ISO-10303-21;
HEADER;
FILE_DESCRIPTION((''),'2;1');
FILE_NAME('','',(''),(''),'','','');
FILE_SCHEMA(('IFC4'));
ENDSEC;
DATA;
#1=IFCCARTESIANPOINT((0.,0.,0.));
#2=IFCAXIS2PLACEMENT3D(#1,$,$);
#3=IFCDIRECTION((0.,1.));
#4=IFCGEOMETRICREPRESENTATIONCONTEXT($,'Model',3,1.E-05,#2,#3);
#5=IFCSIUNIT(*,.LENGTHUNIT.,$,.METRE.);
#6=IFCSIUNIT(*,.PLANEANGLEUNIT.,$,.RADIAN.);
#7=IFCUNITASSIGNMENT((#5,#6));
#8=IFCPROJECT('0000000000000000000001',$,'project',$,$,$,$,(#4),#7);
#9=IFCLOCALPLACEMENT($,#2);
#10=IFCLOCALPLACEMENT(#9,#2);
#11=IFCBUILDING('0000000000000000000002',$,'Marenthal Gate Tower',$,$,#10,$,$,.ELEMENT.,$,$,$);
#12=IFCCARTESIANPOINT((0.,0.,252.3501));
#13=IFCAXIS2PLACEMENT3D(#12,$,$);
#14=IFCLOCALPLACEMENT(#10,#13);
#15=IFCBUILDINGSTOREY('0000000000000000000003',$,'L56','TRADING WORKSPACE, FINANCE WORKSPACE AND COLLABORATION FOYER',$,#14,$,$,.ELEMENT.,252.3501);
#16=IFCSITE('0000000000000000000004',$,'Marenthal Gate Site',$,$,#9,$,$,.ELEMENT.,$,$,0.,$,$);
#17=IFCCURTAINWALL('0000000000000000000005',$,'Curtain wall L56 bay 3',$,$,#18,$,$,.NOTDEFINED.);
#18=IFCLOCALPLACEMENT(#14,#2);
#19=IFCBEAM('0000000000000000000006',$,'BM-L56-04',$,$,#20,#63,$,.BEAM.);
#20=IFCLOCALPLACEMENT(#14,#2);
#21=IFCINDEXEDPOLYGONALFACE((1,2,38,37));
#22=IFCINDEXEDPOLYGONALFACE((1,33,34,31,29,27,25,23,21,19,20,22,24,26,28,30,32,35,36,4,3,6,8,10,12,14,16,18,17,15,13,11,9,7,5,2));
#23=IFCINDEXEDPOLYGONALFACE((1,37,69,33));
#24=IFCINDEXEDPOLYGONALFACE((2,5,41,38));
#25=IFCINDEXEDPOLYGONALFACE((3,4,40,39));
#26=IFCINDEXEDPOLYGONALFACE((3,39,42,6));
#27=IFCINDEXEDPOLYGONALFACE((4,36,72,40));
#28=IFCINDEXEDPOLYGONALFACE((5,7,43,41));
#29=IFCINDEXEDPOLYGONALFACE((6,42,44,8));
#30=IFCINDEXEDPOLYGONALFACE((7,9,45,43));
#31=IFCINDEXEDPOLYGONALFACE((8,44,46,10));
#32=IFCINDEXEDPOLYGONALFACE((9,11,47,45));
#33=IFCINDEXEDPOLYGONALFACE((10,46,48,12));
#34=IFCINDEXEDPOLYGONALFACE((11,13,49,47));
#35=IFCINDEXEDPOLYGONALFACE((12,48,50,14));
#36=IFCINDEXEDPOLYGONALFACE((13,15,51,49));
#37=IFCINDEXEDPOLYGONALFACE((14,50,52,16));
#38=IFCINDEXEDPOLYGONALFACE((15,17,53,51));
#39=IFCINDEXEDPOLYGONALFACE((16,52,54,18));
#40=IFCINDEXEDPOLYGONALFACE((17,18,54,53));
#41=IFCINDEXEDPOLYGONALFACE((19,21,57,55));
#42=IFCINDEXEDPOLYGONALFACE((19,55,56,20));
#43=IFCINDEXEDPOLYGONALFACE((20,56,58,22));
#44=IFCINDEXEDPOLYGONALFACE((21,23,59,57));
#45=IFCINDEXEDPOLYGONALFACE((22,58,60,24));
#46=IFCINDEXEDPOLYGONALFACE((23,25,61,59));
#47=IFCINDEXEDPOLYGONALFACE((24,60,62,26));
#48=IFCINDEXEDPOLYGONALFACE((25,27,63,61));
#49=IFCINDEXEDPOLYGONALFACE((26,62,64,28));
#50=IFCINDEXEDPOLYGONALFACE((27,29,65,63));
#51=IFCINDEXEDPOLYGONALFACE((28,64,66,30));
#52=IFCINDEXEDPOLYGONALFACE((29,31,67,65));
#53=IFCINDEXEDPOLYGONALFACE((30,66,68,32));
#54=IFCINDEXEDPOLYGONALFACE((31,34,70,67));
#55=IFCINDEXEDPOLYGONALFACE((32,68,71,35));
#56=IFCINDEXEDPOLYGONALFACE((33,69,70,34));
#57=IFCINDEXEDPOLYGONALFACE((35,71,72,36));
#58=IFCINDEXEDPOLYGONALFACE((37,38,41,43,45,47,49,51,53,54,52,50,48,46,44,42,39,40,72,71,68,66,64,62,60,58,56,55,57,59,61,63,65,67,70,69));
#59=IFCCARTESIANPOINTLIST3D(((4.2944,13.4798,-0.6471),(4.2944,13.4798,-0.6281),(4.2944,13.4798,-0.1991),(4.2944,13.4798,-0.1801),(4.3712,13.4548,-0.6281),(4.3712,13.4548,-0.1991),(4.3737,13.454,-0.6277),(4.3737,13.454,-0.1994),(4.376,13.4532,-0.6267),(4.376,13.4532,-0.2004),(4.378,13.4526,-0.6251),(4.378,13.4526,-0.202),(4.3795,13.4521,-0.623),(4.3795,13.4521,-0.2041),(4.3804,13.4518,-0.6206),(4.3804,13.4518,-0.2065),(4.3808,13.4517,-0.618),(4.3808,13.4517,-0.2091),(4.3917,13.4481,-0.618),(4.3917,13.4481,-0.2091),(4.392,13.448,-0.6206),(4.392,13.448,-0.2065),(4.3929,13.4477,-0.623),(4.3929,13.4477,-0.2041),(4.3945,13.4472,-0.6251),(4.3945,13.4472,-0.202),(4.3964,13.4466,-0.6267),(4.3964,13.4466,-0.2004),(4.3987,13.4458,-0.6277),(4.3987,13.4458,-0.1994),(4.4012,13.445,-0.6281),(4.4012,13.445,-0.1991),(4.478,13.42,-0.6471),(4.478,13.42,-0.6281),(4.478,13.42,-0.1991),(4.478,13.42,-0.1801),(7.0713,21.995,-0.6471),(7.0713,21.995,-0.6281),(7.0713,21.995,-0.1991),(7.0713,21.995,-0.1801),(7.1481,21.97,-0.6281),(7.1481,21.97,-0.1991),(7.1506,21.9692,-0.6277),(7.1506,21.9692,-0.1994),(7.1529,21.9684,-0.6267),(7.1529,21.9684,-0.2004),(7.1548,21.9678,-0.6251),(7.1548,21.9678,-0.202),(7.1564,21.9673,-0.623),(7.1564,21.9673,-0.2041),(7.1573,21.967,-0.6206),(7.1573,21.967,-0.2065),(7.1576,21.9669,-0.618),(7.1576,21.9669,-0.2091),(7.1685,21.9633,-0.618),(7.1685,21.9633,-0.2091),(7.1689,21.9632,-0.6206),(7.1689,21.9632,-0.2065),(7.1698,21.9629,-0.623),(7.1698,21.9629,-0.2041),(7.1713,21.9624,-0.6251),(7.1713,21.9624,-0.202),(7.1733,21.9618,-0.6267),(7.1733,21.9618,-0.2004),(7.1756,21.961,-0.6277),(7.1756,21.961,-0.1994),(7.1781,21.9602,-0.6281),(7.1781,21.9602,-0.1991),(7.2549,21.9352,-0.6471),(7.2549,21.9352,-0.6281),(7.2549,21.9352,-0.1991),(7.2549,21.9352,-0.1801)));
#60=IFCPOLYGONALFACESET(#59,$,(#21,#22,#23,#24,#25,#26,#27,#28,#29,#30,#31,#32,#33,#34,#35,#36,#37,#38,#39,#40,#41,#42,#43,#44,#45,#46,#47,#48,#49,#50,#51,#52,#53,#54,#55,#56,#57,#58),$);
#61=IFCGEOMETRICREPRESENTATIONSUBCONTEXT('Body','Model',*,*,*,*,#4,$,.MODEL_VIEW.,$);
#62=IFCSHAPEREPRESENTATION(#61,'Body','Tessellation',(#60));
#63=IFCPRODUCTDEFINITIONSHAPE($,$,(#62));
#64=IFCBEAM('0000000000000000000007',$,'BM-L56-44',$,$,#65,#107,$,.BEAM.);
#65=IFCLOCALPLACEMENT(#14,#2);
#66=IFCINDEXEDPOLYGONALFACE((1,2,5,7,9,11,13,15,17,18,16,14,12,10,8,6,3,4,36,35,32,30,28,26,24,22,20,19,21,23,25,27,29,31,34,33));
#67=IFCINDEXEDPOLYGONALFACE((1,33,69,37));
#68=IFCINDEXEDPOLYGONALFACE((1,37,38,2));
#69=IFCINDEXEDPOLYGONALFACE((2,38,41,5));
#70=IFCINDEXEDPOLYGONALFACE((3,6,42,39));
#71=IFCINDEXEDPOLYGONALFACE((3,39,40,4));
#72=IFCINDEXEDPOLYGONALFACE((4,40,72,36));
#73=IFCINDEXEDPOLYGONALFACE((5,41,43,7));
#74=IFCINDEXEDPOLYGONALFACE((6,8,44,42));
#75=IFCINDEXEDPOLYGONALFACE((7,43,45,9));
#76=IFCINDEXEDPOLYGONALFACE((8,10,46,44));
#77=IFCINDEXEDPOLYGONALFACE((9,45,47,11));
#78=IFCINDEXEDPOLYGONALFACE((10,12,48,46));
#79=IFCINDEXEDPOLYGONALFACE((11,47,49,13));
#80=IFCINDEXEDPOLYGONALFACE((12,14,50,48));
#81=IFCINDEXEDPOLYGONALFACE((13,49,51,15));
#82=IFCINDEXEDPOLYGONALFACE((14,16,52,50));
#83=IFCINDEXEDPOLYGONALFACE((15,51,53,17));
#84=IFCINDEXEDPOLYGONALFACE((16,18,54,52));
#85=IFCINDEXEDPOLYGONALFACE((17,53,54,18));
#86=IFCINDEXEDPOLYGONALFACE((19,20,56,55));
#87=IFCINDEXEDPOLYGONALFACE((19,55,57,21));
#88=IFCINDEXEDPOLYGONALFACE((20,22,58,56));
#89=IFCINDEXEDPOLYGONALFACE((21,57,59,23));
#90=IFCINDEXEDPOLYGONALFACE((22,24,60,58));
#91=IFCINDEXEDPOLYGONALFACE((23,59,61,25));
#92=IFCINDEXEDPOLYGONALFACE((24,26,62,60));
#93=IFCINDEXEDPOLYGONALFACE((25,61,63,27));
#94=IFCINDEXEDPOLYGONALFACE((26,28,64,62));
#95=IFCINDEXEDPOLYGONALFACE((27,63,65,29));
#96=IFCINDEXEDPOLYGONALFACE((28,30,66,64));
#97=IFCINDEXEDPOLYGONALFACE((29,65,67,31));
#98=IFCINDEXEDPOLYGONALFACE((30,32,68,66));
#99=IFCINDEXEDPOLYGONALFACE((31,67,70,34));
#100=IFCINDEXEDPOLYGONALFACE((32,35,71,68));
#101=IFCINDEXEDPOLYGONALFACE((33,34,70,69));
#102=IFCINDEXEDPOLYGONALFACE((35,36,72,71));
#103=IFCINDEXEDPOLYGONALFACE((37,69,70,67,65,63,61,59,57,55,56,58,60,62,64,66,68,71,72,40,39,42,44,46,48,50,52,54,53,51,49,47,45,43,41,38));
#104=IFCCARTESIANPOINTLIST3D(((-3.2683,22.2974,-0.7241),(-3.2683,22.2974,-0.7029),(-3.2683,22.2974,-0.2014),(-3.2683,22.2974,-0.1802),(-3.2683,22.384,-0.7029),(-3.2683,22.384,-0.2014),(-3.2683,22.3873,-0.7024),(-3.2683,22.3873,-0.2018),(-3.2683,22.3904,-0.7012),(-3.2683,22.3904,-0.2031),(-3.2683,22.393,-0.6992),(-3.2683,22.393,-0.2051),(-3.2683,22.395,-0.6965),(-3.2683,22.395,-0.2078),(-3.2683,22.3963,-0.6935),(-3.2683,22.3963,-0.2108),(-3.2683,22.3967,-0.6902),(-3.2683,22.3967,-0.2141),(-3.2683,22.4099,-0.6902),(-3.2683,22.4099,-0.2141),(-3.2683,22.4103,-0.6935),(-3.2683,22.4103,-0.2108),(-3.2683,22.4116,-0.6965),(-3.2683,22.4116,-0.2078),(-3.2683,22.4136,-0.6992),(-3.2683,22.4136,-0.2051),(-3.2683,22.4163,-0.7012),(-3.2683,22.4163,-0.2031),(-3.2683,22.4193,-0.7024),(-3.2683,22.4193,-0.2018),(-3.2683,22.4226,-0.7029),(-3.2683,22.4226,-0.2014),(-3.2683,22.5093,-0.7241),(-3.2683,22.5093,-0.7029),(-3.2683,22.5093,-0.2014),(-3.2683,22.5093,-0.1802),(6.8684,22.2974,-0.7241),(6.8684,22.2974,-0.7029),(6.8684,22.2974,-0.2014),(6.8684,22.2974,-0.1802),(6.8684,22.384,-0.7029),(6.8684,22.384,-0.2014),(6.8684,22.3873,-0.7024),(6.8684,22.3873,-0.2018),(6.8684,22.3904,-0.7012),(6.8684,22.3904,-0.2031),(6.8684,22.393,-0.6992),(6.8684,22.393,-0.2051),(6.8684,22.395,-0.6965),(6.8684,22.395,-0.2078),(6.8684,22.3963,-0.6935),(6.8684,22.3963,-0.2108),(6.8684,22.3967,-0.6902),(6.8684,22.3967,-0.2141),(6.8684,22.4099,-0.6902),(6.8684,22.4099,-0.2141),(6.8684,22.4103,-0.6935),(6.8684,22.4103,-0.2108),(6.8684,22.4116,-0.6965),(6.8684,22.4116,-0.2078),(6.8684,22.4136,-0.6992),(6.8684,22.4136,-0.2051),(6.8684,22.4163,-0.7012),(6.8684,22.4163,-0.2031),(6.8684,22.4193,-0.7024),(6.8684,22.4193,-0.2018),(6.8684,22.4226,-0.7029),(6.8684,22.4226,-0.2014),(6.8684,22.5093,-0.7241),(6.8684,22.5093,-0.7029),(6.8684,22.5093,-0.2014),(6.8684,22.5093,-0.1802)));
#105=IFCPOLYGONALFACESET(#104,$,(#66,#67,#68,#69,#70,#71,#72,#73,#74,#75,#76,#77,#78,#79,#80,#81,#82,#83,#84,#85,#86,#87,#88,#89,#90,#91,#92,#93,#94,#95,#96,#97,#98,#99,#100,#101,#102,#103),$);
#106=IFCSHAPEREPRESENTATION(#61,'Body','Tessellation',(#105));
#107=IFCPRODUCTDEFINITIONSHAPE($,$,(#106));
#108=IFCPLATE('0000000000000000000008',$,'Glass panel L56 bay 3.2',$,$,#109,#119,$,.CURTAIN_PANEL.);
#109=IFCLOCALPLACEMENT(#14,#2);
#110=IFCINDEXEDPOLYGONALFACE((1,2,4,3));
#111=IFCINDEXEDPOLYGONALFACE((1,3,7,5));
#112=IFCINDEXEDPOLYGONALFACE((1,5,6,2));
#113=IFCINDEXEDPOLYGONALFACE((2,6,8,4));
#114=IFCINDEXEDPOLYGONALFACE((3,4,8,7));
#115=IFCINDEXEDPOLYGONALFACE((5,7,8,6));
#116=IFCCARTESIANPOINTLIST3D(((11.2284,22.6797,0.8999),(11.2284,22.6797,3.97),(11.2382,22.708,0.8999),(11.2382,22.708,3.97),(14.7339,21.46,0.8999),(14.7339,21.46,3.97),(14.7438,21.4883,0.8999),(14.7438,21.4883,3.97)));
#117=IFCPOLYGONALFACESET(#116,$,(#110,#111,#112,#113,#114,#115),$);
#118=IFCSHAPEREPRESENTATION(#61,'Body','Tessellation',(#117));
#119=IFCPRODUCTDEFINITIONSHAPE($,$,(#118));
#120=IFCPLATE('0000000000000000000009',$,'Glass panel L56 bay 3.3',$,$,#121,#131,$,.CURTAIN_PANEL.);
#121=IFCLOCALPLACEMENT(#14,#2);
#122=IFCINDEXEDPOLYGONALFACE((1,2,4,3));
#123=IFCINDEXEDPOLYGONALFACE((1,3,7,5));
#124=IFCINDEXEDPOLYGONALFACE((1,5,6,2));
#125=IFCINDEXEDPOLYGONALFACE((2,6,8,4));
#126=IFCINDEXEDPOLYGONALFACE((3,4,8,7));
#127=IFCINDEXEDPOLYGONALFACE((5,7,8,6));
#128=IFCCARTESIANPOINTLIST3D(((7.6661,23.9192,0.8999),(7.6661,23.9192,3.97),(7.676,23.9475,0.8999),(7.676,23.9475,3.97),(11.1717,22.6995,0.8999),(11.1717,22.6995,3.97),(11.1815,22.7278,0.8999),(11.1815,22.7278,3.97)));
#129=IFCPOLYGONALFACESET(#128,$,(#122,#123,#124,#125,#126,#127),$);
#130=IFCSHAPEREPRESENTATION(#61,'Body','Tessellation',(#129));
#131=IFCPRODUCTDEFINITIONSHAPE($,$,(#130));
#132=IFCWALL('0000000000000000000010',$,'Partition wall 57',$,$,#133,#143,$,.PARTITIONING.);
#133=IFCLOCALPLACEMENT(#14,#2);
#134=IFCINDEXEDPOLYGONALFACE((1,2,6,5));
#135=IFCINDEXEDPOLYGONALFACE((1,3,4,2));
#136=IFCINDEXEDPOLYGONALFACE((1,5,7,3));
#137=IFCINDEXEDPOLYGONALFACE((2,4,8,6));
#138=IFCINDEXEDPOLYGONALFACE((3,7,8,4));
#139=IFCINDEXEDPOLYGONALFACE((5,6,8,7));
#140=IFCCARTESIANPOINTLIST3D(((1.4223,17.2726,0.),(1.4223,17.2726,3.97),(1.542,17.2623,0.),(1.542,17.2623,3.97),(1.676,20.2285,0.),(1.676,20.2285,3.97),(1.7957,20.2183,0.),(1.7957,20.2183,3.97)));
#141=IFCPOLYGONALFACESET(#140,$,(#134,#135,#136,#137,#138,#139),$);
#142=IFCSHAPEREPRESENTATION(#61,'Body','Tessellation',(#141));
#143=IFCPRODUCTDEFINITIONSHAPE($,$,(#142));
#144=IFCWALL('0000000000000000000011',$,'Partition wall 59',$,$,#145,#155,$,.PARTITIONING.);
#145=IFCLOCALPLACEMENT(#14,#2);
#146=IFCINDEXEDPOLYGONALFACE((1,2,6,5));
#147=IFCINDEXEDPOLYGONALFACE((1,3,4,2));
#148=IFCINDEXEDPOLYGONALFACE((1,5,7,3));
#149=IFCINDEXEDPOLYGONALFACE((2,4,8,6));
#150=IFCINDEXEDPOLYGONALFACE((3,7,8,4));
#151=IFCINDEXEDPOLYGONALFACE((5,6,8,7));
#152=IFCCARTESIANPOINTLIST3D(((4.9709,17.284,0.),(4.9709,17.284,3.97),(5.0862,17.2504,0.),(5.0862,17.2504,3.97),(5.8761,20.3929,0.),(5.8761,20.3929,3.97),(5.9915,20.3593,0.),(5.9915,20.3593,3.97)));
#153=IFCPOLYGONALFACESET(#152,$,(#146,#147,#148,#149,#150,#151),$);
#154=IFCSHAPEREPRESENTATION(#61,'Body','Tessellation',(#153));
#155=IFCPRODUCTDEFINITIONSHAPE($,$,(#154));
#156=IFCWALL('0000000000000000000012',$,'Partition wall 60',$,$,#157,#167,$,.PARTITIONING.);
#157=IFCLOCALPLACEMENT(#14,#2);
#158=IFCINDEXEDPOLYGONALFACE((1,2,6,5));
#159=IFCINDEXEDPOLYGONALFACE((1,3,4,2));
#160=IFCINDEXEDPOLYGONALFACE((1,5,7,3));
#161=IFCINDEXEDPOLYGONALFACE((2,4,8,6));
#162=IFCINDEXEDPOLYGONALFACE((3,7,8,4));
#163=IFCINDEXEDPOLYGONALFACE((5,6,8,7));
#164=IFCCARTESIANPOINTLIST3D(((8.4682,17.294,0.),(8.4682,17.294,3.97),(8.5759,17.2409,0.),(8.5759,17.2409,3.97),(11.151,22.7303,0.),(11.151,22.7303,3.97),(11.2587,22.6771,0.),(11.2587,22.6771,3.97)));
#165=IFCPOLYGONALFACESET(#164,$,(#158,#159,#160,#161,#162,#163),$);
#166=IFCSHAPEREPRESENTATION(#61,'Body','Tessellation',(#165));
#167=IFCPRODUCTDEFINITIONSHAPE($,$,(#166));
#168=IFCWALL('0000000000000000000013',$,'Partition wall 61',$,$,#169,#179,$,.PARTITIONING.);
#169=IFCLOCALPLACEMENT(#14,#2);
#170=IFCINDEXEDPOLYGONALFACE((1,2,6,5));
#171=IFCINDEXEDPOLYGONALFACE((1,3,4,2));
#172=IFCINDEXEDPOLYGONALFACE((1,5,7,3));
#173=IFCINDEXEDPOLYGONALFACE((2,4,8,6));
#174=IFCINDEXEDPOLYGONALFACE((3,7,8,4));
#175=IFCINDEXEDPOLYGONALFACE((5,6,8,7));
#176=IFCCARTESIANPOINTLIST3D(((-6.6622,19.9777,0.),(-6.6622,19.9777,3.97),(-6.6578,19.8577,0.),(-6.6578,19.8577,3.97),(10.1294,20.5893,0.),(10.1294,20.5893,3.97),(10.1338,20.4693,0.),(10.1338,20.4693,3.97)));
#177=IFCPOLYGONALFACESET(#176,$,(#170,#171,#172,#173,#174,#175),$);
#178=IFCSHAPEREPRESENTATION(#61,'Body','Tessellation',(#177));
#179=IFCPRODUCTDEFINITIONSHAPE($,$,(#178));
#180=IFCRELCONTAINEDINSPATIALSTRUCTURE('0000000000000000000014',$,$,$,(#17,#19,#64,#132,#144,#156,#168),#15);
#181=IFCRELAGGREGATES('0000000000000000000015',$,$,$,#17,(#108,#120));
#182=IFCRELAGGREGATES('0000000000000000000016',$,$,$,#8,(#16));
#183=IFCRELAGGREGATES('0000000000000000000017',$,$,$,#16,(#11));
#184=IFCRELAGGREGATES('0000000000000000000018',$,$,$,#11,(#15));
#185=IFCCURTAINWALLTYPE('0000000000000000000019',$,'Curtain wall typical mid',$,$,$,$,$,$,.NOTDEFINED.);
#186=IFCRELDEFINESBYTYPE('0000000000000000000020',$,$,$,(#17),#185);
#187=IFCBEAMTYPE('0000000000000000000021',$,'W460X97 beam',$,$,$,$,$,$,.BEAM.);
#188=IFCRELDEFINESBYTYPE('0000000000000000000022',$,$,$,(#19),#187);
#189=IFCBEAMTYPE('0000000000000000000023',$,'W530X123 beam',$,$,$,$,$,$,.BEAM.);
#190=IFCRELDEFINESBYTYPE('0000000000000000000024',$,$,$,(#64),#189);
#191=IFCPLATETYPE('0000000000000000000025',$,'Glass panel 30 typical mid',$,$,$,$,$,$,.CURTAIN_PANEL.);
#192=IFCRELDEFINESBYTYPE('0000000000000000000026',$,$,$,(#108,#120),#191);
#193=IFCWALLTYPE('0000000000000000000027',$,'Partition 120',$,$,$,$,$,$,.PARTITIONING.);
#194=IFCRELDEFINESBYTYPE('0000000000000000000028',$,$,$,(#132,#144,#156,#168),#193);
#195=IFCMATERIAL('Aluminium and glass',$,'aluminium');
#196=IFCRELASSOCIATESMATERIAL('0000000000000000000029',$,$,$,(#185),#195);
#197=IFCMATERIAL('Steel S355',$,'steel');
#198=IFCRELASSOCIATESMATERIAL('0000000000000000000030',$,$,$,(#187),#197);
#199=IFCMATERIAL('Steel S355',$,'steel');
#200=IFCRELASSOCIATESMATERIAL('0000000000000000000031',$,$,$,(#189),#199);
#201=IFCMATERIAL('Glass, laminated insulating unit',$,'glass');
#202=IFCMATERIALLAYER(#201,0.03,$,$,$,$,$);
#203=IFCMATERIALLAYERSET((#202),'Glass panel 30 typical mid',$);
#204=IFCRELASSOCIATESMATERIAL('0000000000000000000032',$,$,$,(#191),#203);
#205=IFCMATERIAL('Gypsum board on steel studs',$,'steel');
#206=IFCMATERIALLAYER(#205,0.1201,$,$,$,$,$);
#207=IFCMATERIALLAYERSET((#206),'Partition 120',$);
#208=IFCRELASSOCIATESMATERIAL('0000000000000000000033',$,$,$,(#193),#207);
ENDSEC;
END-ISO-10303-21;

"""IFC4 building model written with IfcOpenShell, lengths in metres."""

from ifc_helpers import new_model, si_unit, direction, frame, frame_2d, origin, origin_2d, place, context, subcontext, project, spatial, rectangle, i_section, extrude, material, layer, layer_set, material_profile, profile_set, type_object, element, aggregate, save


model = new_model("IFC4")

# Units and contexts
model_context = context("Model", 3, precision=1e-05, world=origin(), true_north=direction((0.0, 1.0)))
body_context = subcontext(model_context, "Body", "Model", "MODEL_VIEW")
ifc_project = project(units=[si_unit("LENGTHUNIT", "METRE"), si_unit("PLANEANGLEUNIT", "RADIAN")], contexts=[model_context])

# Site, building, storey
site_placement = place(None, origin())
site = spatial("IfcSite", under=ifc_project, at=site_placement, Name="Marenthal Gate Site", CompositionType="ELEMENT", RefElevation=0.0)
building_placement = place(site_placement, origin())
building = spatial("IfcBuilding", under=site, at=building_placement, Name="Marenthal Gate Tower", CompositionType="ELEMENT")
storey_placement = place(building_placement, frame((0.0, 0.0, 252.3501)))
storey = spatial("IfcBuildingStorey", under=building, at=storey_placement, Name="L56", Description="TRADING WORKSPACE, FINANCE WORKSPACE AND COLLABORATION FOYER", CompositionType="ELEMENT", Elevation=252.3501)

# Curtain wall
ifc_material_1 = material(Name="Aluminium and glass", Category="aluminium")
curtain_wall_type = type_object("IfcCurtainWallType", Name="Curtain wall typical mid", PredefinedType="NOTDEFINED", material=ifc_material_1)
curtain_wall_placement = place(storey_placement, origin())
curtain_wall = element("IfcCurtainWall", 1, at=curtain_wall_placement, inside=storey, type_object=curtain_wall_type, Name="Curtain wall L56 bay 3", PredefinedType="NOTDEFINED")

# Beams
ifc_material_2 = material(Name="Steel S355", Category="steel")
ifc_material_profile_1 = material_profile(ifc_material_2, i_section(OverallWidth=0.1931, OverallDepth=0.467, WebThickness=0.0115, FlangeThickness=0.019, FilletRadius=0.01, at=origin_2d()), Name="W460X97")
ifc_profile_set_1 = profile_set([ifc_material_profile_1], Name="Steel S355")
beam_type_1 = type_object("IfcBeamType", Name="W460X97 beam", PredefinedType="BEAM", material=ifc_profile_set_1)
beam_1_placement = place(storey_placement, frame((7.1631, 21.9651, -0.4136), z_axis=(-0.310039, -0.950724, 0.0), x_axis=(0.950724, -0.310039, 0.0)))
element("IfcBeam", 2, at=beam_1_placement, inside=storey, type_object=beam_type_1, Name="BM-L56-04", PredefinedType="BEAM", context=body_context, shape_type="SweptSolid", body=[
    extrude(i_section(OverallWidth=0.1931, OverallDepth=0.467, WebThickness=0.0115, FlangeThickness=0.019, FilletRadius=0.01, at=origin_2d()), origin(), (0.0, 0.0, 1.0), 8.9565),
])
ifc_material_3 = material(Name="Steel S355", Category="steel")
ifc_material_profile_2 = material_profile(ifc_material_3, i_section(OverallWidth=0.2119, OverallDepth=0.5439, WebThickness=0.0132, FlangeThickness=0.0212, FilletRadius=0.0127, at=origin_2d()), Name="W530X123")
ifc_profile_set_2 = profile_set([ifc_material_profile_2], Name="Steel S355")
beam_type_2 = type_object("IfcBeamType", Name="W530X123 beam", PredefinedType="BEAM", material=ifc_profile_set_2)
beam_2_placement = place(storey_placement, frame((6.8684, 22.4033, -0.4521), z_axis=(-1.0, 0.0, 0.0), x_axis=(0.0, -1.0, 0.0)))
element("IfcBeam", 3, at=beam_2_placement, inside=storey, type_object=beam_type_2, Name="BM-L56-44", PredefinedType="BEAM", context=body_context, shape_type="SweptSolid", body=[
    extrude(i_section(OverallWidth=0.2119, OverallDepth=0.5439, WebThickness=0.0132, FlangeThickness=0.0212, FilletRadius=0.0127, at=origin_2d()), origin(), (0.0, 0.0, 1.0), 10.1367),
])

# Plates
ifc_material_4 = material(Name="Glass, laminated insulating unit", Category="glass")
ifc_layer_1 = layer(ifc_material_4, 0.03)
ifc_layer_set_1 = layer_set([ifc_layer_1], Name="Glass panel 30 typical mid")
plate_type = type_object("IfcPlateType", Name="Glass panel 30 typical mid", PredefinedType="CURTAIN_PANEL", material=ifc_layer_set_1)
plate_1_placement = place(storey_placement, frame((12.9861, 22.084, 0.8999), z_axis=(0.0, 0.0, 1.0), x_axis=(-0.944465, 0.328612, 0.0)))
plate_1 = element("IfcPlate", 4, at=plate_1_placement, type_object=plate_type, Name="Glass panel L56 bay 3.2", PredefinedType="CURTAIN_PANEL", context=body_context, shape_type="SweptSolid", body=[
    extrude(rectangle(XDim=3.7117, YDim=0.03, at=origin_2d()), origin(), (0.0, 0.0, 1.0), 3.0701),
])
plate_2_placement = place(storey_placement, frame((9.4238, 23.3235, 0.8999), z_axis=(0.0, 0.0, 1.0), x_axis=(-0.944465, 0.328612, 0.0)))
plate_2 = element("IfcPlate", 5, at=plate_2_placement, type_object=plate_type, Name="Glass panel L56 bay 3.3", PredefinedType="CURTAIN_PANEL", context=body_context, shape_type="SweptSolid", body=[
    extrude(rectangle(XDim=3.7117, YDim=0.03, at=origin_2d()), origin(), (0.0, 0.0, 1.0), 3.0701),
])
aggregate(curtain_wall, [plate_1, plate_2])

# Walls
ifc_material_5 = material(Name="Gypsum board on steel studs", Category="steel")
ifc_layer_2 = layer(ifc_material_5, 0.1201)
ifc_layer_set_2 = layer_set([ifc_layer_2], Name="Partition 120")
wall_type_1 = type_object("IfcWallType", Name="Partition 120", PredefinedType="PARTITIONING", material=ifc_layer_set_2)
wall_1_placement = place(storey_placement, frame((1.7358, 20.2234, 0.0), z_axis=(0.0, 0.0, 1.0), x_axis=(-0.085497, -0.996338, 0.0)))
element("IfcWall", 6, at=wall_1_placement, inside=storey, type_object=wall_type_1, Name="Partition wall 57", PredefinedType="PARTITIONING", context=body_context, shape_type="SweptSolid", body=[
    extrude(rectangle(XDim=2.9668, YDim=0.1201, at=frame_2d((1.4834, 0.0))), origin(), (0.0, 0.0, 1.0), 3.97),
])
wall_2_placement = place(storey_placement, frame((5.9338, 20.3762, 0.0), z_axis=(0.0, 0.0, 1.0), x_axis=(-0.279577, -0.960123, 0.0)))
element("IfcWall", 7, at=wall_2_placement, inside=storey, type_object=wall_type_1, Name="Partition wall 59", PredefinedType="PARTITIONING", context=body_context, shape_type="SweptSolid", body=[
    extrude(rectangle(XDim=3.238, YDim=0.1201, at=frame_2d((1.6191, 0.0))), origin(), (0.0, 0.0, 1.0), 3.97),
])
wall_3_placement = place(storey_placement, frame((8.522, 17.2673, 0.0), z_axis=(0.0, 0.0, 1.0), x_axis=(0.442552, 0.896743, 0.0)))
element("IfcWall", 8, at=wall_3_placement, inside=storey, type_object=wall_type_1, Name="Partition wall 60", PredefinedType="PARTITIONING", context=body_context, shape_type="SweptSolid", body=[
    extrude(rectangle(XDim=6.0623, YDim=0.1201, at=frame_2d((3.0312, 0.0))), origin(), (0.0, 0.0, 1.0), 3.97),
])
wall_4_placement = place(storey_placement, frame((10.1316, 20.5293, 0.0), z_axis=(0.0, 0.0, 1.0), x_axis=(-0.999337, -0.036397, 0.0)))
element("IfcWall", 9, at=wall_4_placement, inside=storey, type_object=wall_type_1, Name="Partition wall 61", PredefinedType="PARTITIONING", context=body_context, shape_type="SweptSolid", body=[
    extrude(rectangle(XDim=16.8027, YDim=0.1201, at=frame_2d((8.4014, 0.0))), origin(), (0.0, 0.0, 1.0), 3.97),
])

save(model, "model.ifc")
